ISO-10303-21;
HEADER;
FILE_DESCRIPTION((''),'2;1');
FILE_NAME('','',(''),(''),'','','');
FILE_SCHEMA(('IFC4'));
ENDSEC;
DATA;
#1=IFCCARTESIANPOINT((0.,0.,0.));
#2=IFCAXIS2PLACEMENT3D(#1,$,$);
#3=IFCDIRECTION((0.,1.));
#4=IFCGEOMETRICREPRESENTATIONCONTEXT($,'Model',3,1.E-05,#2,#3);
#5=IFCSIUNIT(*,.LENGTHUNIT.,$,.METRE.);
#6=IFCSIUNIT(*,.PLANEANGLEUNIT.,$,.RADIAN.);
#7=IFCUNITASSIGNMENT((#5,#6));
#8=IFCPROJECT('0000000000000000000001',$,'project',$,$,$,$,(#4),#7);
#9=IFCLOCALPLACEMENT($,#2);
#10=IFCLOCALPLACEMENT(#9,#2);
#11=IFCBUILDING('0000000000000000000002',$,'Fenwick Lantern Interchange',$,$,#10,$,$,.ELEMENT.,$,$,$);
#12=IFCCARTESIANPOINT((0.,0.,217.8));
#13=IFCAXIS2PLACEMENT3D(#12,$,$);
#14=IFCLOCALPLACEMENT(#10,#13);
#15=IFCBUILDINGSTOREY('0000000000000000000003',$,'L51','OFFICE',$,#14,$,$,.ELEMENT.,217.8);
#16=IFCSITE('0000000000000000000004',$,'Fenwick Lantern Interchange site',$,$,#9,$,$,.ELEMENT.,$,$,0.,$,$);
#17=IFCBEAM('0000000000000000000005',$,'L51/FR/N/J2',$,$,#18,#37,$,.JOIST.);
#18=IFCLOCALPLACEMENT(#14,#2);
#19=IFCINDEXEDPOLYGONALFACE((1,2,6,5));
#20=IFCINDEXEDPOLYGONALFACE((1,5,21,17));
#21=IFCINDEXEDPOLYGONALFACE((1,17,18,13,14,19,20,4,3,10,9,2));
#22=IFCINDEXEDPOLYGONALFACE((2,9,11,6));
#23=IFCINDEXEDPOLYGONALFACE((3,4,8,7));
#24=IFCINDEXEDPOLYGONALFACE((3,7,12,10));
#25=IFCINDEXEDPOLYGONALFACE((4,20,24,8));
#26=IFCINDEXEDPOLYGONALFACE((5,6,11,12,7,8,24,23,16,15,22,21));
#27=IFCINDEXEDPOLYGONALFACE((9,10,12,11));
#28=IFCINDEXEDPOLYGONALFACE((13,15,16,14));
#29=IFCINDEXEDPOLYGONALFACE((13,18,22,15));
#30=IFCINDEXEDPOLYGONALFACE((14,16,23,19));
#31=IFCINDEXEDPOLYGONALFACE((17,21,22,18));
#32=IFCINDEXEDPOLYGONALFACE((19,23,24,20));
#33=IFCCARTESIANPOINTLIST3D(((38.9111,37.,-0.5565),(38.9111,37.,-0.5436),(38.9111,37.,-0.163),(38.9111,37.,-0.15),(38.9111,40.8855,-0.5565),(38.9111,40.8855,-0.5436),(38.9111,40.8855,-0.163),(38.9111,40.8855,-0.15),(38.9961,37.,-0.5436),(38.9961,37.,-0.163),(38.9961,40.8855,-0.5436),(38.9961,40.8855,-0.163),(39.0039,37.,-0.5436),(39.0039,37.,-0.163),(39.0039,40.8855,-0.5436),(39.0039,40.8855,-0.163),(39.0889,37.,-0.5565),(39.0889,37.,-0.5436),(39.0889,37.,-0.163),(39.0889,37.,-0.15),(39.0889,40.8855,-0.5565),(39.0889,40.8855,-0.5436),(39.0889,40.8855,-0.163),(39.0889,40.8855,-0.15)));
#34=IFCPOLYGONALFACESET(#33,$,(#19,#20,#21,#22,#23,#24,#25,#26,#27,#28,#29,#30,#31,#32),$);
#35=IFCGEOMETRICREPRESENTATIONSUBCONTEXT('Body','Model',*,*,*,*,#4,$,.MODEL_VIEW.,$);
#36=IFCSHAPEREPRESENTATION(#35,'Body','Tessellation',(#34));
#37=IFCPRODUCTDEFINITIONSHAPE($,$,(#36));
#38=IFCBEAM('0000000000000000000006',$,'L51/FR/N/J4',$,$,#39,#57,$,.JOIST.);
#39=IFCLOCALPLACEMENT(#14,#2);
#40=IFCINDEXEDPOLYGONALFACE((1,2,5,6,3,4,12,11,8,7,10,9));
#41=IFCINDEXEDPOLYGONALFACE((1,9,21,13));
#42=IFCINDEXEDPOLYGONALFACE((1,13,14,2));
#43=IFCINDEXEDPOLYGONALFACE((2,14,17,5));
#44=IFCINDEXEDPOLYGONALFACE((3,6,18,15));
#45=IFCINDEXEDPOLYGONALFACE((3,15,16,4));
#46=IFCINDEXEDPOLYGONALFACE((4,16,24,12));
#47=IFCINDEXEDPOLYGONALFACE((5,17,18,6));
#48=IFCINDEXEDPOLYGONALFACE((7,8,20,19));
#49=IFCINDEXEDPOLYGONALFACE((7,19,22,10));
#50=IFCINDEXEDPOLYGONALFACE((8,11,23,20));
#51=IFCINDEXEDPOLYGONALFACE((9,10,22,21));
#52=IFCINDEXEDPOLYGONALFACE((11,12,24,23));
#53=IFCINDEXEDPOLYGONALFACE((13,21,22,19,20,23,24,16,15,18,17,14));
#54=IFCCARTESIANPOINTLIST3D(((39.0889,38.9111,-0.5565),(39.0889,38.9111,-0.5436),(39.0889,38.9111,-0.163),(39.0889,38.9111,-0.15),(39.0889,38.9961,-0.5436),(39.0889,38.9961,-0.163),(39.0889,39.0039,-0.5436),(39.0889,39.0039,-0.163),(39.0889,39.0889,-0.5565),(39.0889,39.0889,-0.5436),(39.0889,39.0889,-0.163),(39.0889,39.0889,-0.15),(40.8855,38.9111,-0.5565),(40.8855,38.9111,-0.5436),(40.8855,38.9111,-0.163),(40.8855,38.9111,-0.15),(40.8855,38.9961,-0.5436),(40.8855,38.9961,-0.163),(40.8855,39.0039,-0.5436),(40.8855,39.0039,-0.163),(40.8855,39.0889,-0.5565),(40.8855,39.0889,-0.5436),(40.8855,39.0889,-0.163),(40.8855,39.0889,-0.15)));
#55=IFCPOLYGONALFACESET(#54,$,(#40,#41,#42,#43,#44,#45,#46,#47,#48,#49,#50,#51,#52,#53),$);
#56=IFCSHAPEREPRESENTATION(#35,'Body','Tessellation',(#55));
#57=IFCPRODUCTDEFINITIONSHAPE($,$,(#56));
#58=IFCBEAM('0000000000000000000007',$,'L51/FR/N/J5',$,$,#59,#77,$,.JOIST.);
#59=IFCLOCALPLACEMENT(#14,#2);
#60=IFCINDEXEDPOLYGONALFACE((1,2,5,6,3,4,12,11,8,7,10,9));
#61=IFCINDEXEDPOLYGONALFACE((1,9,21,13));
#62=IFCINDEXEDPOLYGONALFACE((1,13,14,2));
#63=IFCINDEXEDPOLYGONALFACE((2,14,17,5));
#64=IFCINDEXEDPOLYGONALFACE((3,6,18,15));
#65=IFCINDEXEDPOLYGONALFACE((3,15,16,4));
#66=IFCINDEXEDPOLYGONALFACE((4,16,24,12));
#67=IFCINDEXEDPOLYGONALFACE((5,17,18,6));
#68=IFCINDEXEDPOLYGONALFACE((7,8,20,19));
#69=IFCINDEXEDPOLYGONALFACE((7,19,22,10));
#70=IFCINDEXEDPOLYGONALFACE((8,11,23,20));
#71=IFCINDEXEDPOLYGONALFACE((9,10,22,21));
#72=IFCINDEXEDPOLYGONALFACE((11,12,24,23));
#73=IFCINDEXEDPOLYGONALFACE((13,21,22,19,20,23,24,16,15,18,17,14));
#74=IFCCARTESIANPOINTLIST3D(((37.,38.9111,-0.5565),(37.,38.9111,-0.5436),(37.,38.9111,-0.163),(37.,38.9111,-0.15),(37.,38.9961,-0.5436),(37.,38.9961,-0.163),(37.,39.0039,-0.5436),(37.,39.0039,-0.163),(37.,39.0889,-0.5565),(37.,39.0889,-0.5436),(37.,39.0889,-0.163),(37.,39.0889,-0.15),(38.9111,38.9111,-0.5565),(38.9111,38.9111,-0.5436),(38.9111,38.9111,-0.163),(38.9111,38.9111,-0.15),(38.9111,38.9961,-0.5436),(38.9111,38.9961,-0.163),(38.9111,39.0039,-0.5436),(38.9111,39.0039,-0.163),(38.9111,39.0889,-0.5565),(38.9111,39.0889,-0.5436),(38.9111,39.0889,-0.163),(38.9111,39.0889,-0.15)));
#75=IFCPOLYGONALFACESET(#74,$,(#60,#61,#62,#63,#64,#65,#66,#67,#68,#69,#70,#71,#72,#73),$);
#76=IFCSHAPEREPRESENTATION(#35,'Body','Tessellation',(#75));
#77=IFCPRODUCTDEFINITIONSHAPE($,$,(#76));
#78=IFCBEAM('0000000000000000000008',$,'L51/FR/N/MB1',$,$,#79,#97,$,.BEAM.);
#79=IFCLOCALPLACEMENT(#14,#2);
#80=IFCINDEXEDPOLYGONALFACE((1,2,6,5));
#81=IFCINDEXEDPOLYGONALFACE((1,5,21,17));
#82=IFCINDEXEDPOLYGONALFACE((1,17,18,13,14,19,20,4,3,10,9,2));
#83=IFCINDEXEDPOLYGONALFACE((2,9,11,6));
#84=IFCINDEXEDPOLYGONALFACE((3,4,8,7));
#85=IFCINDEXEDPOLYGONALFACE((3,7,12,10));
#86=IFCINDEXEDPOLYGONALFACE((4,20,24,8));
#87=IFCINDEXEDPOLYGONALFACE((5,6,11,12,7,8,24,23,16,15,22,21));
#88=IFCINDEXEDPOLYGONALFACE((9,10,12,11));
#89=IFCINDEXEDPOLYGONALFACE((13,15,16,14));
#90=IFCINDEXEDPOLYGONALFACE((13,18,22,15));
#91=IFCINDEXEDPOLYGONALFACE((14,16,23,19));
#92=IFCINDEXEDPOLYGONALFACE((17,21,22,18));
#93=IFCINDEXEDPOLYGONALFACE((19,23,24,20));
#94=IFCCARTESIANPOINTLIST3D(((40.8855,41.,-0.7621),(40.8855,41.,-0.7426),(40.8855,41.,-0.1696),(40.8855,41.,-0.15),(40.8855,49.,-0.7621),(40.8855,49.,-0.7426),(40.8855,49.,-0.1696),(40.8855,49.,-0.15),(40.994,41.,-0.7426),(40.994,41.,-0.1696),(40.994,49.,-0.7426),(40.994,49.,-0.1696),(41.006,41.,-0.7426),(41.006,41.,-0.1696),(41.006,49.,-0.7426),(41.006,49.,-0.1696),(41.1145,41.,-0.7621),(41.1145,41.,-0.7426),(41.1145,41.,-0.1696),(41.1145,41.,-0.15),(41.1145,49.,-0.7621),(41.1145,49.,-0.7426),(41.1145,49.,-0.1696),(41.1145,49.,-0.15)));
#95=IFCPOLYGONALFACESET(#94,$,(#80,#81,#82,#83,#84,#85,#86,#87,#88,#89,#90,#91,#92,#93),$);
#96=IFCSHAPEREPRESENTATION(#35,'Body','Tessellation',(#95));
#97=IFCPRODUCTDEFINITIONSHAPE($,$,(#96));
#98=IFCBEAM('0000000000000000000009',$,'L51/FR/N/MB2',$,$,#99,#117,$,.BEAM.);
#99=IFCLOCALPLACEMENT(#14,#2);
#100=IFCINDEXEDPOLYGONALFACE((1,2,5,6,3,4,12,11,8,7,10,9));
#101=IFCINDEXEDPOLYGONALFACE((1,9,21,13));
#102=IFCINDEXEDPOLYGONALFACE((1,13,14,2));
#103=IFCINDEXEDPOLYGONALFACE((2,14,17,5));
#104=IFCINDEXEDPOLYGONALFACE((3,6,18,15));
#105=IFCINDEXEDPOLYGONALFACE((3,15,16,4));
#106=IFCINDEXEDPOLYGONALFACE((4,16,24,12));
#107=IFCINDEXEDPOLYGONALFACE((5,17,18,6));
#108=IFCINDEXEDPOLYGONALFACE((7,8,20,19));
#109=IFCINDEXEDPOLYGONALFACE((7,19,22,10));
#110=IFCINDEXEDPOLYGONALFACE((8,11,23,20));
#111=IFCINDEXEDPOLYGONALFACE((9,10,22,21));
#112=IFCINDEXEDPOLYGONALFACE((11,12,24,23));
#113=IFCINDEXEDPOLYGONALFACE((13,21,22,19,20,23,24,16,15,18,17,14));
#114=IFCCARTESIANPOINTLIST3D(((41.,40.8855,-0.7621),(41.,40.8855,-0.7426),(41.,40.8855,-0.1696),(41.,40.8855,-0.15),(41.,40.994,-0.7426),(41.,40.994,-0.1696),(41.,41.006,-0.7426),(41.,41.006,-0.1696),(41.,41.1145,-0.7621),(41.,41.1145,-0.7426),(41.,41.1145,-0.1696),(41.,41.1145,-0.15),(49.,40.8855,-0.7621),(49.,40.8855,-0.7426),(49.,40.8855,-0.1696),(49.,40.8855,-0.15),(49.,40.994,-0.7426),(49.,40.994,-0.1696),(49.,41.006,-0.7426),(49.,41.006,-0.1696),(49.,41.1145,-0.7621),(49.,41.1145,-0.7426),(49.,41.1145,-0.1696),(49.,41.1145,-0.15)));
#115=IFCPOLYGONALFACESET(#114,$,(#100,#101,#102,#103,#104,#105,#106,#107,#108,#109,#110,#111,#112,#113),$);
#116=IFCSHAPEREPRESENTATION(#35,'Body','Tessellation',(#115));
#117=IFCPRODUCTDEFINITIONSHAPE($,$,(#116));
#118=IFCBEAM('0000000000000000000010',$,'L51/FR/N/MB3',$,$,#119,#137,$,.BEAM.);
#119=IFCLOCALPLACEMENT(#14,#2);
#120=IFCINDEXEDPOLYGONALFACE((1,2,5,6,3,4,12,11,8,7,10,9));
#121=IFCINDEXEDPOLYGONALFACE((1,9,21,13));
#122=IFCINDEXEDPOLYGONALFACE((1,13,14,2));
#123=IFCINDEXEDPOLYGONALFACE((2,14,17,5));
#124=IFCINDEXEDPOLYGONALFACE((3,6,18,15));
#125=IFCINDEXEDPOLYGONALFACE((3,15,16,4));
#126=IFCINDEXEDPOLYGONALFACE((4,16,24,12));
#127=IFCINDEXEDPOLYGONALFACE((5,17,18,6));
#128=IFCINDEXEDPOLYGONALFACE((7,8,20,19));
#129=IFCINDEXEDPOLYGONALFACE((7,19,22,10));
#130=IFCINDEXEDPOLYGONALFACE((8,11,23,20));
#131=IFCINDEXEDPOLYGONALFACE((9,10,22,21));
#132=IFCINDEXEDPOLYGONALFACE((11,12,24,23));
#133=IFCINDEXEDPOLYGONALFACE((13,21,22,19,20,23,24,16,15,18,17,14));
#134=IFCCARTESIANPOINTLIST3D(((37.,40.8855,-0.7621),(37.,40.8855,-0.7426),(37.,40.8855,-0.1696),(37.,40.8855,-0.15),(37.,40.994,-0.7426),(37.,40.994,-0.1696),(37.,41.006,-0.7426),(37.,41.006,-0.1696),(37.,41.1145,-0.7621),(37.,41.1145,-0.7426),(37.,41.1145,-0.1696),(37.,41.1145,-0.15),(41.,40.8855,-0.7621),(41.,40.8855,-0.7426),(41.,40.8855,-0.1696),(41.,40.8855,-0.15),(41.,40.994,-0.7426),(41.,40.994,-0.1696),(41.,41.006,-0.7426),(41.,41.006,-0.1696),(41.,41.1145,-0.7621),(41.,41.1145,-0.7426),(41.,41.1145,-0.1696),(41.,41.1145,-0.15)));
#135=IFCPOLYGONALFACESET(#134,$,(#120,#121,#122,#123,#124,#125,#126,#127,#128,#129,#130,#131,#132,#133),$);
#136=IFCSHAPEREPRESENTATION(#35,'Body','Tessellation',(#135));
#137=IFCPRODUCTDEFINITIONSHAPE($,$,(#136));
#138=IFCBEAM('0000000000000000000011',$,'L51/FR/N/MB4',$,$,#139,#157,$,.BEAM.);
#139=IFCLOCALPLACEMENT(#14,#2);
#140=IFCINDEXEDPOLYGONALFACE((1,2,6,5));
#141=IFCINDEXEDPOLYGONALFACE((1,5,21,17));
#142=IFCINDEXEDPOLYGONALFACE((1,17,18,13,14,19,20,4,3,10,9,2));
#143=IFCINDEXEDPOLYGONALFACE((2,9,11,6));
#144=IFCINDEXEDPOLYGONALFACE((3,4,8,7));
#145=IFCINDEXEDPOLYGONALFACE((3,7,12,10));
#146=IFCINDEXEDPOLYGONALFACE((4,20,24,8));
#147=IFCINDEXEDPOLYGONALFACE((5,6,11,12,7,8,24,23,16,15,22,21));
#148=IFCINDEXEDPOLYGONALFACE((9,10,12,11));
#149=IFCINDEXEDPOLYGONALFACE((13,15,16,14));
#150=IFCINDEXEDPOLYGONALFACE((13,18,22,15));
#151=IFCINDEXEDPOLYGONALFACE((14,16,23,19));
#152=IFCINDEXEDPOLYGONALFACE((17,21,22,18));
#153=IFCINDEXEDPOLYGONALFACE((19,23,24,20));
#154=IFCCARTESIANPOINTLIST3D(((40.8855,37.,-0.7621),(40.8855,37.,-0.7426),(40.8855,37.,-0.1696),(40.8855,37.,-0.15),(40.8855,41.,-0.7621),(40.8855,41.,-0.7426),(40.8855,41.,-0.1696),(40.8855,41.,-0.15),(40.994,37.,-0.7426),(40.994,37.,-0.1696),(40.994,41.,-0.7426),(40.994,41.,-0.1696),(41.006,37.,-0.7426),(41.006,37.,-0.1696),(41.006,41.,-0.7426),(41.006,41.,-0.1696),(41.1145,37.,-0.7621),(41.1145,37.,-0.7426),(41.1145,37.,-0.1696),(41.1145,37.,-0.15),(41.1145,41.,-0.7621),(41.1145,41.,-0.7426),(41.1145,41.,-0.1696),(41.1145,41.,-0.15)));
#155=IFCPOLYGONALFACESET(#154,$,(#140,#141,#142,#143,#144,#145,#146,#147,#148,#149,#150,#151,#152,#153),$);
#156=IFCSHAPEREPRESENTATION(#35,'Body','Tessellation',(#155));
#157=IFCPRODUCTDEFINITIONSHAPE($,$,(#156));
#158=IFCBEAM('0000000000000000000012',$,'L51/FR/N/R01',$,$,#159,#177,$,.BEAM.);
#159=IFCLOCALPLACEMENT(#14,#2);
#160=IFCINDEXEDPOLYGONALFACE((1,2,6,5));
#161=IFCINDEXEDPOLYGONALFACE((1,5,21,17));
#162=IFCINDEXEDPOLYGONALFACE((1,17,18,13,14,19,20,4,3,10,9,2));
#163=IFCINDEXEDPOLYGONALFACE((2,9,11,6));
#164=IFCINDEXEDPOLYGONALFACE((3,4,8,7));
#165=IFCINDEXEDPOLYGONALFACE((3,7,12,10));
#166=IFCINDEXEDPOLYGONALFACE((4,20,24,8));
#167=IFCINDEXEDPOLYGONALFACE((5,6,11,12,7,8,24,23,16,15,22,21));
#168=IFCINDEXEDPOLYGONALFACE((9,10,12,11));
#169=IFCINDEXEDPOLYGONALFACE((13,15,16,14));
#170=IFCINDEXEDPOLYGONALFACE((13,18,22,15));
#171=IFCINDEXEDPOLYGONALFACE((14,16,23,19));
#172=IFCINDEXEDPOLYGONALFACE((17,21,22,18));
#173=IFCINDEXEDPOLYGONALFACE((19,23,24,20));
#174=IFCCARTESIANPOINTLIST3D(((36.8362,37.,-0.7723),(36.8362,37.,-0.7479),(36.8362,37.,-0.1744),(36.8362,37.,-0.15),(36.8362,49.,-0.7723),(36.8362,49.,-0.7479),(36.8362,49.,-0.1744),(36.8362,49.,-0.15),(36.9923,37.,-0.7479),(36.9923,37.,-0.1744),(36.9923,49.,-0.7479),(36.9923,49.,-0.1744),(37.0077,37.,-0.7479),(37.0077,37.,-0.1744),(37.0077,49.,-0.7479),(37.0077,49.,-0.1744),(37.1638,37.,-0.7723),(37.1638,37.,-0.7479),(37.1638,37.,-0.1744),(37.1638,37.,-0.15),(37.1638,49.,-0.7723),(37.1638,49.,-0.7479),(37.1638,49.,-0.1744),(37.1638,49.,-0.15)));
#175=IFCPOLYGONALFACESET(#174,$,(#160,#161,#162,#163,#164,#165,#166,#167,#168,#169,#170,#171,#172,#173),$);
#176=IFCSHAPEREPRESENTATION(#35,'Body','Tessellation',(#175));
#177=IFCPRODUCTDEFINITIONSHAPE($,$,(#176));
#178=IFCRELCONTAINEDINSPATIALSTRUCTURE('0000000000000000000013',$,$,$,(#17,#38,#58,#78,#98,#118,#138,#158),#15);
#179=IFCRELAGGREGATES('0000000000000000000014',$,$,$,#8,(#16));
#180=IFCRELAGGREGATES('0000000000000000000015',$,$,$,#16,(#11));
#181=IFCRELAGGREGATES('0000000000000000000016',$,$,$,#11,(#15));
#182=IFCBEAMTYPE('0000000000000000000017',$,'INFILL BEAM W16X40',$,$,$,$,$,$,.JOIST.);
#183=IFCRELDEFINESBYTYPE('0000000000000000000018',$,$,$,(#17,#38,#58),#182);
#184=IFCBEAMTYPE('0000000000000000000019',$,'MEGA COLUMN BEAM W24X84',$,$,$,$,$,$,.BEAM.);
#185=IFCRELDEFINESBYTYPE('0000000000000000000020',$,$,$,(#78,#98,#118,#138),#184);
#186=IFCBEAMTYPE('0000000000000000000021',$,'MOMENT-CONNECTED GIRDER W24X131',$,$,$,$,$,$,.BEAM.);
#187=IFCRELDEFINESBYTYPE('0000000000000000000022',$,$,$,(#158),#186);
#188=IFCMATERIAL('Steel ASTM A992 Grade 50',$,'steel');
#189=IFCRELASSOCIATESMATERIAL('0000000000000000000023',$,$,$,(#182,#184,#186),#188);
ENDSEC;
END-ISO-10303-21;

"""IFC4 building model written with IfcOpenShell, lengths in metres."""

from ifc_helpers import new_model, si_unit, direction, frame, origin, origin_2d, place, context, subcontext, project, spatial, i_section, extrude, material, material_profile, profile_set, type_object, element, save


model = new_model("IFC4")

# Units and contexts
model_context = context("Model", 3, precision=1e-05, world=origin(), true_north=direction((0.0, 1.0)))
body_context = subcontext(model_context, "Body", "Model", "MODEL_VIEW")
ifc_project = project(units=[si_unit("LENGTHUNIT", "METRE"), si_unit("PLANEANGLEUNIT", "RADIAN")], contexts=[model_context])

# Site, building, storey
site_placement = place(None, origin())
site = spatial("IfcSite", under=ifc_project, at=site_placement, Name="Fenwick Lantern Interchange site", CompositionType="ELEMENT", RefElevation=0.0)
building_placement = place(site_placement, origin())
building = spatial("IfcBuilding", under=site, at=building_placement, Name="Fenwick Lantern Interchange", CompositionType="ELEMENT")
storey_placement = place(building_placement, frame((0.0, 0.0, 217.8)))
storey = spatial("IfcBuildingStorey", under=building, at=storey_placement, Name="L51", Description="OFFICE", CompositionType="ELEMENT", Elevation=217.8)

# Shared definitions
ifc_material_1 = material(Name="Steel ASTM A992 Grade 50", Category="steel")

# Beams
ifc_material_profile_1 = material_profile(ifc_material_1, i_section(OverallWidth=0.1777, OverallDepth=0.4065, WebThickness=0.0078, FlangeThickness=0.0129, at=origin_2d()), Name="W16X40")
ifc_profile_set_1 = profile_set([ifc_material_profile_1], Name="Steel ASTM A992 Grade 50")
beam_type_1 = type_object("IfcBeamType", Name="INFILL BEAM W16X40", PredefinedType="JOIST", material=ifc_profile_set_1)
beam_1_placement = place(storey_placement, frame((39.0, 40.8855, -0.3533), z_axis=(0.0, -1.0, 0.0), x_axis=(1.0, 0.0, 0.0)))
element("IfcBeam", 1, at=beam_1_placement, inside=storey, type_object=beam_type_1, Name="L51/FR/N/J2", PredefinedType="JOIST", context=body_context, shape_type="SweptSolid", body=[
    extrude(i_section(OverallWidth=0.1777, OverallDepth=0.4065, WebThickness=0.0078, FlangeThickness=0.0129, at=origin_2d()), origin(), (0.0, 0.0, 1.0), 3.8855),
])
beam_2_placement = place(storey_placement, frame((40.8855, 39.0, -0.3533), z_axis=(-1.0, 0.0, 0.0), x_axis=(0.0, -1.0, 0.0)))
element("IfcBeam", 2, at=beam_2_placement, inside=storey, type_object=beam_type_1, Name="L51/FR/N/J4", PredefinedType="JOIST", context=body_context, shape_type="SweptSolid", body=[
    extrude(i_section(OverallWidth=0.1777, OverallDepth=0.4065, WebThickness=0.0078, FlangeThickness=0.0129, at=origin_2d()), origin(), (0.0, 0.0, 1.0), 1.7966),
])
beam_3_placement = place(storey_placement, frame((38.9111, 39.0, -0.3533), z_axis=(-1.0, 0.0, 0.0), x_axis=(0.0, -1.0, 0.0)))
element("IfcBeam", 3, at=beam_3_placement, inside=storey, type_object=beam_type_1, Name="L51/FR/N/J5", PredefinedType="JOIST", context=body_context, shape_type="SweptSolid", body=[
    extrude(i_section(OverallWidth=0.1777, OverallDepth=0.4065, WebThickness=0.0078, FlangeThickness=0.0129, at=origin_2d()), origin(), (0.0, 0.0, 1.0), 1.9111),
])
ifc_material_profile_2 = material_profile(ifc_material_1, i_section(OverallWidth=0.229, OverallDepth=0.6121, WebThickness=0.012, FlangeThickness=0.0195, at=origin_2d()), Name="W24X84")
ifc_profile_set_2 = profile_set([ifc_material_profile_2], Name="Steel ASTM A992 Grade 50")
beam_type_2 = type_object("IfcBeamType", Name="MEGA COLUMN BEAM W24X84", PredefinedType="BEAM", material=ifc_profile_set_2)
for number, where, z_axis, x_axis, name in (
    (4, (41.0, 41.0, -0.4561), (0.0, 1.0, 0.0), (-1.0, 0.0, 0.0), "L51/FR/N/MB1"),
    (5, (41.0, 41.0, -0.4561), (1.0, 0.0, 0.0), (0.0, 1.0, 0.0), "L51/FR/N/MB2"),
):
    element("IfcBeam", number, at=place(storey_placement, frame(where, z_axis=z_axis, x_axis=x_axis)), inside=storey, type_object=beam_type_2, Name=name, PredefinedType="BEAM", context=body_context, shape_type="SweptSolid", body=[
        extrude(i_section(OverallWidth=0.229, OverallDepth=0.6121, WebThickness=0.012, FlangeThickness=0.0195, at=origin_2d()), origin(), (0.0, 0.0, 1.0), 8.0),
    ])
for number, where, z_axis, x_axis, name in (
    (6, (41.0, 41.0, -0.4561), (-1.0, 0.0, 0.0), (0.0, -1.0, 0.0), "L51/FR/N/MB3"),
    (7, (41.0, 41.0, -0.4561), (0.0, -1.0, 0.0), (1.0, 0.0, 0.0), "L51/FR/N/MB4"),
):
    element("IfcBeam", number, at=place(storey_placement, frame(where, z_axis=z_axis, x_axis=x_axis)), inside=storey, type_object=beam_type_2, Name=name, PredefinedType="BEAM", context=body_context, shape_type="SweptSolid", body=[
        extrude(i_section(OverallWidth=0.229, OverallDepth=0.6121, WebThickness=0.012, FlangeThickness=0.0195, at=origin_2d()), origin(), (0.0, 0.0, 1.0), 4.0),
    ])
ifc_material_profile_3 = material_profile(ifc_material_1, i_section(OverallWidth=0.3276, OverallDepth=0.6223, WebThickness=0.0154, FlangeThickness=0.0244, at=origin_2d()), Name="W24X131")
ifc_profile_set_3 = profile_set([ifc_material_profile_3], Name="Steel ASTM A992 Grade 50")
beam_type_3 = type_object("IfcBeamType", Name="MOMENT-CONNECTED GIRDER W24X131", PredefinedType="BEAM", material=ifc_profile_set_3)
beam_4_placement = place(storey_placement, frame((37.0, 49.0, -0.4612), z_axis=(0.0, -1.0, 0.0), x_axis=(1.0, 0.0, 0.0)))
element("IfcBeam", 8, at=beam_4_placement, inside=storey, type_object=beam_type_3, Name="L51/FR/N/R01", PredefinedType="BEAM", context=body_context, shape_type="SweptSolid", body=[
    extrude(i_section(OverallWidth=0.3276, OverallDepth=0.6223, WebThickness=0.0154, FlangeThickness=0.0244, at=origin_2d()), origin(), (0.0, 0.0, 1.0), 12.0),
])

save(model, "model.ifc")
